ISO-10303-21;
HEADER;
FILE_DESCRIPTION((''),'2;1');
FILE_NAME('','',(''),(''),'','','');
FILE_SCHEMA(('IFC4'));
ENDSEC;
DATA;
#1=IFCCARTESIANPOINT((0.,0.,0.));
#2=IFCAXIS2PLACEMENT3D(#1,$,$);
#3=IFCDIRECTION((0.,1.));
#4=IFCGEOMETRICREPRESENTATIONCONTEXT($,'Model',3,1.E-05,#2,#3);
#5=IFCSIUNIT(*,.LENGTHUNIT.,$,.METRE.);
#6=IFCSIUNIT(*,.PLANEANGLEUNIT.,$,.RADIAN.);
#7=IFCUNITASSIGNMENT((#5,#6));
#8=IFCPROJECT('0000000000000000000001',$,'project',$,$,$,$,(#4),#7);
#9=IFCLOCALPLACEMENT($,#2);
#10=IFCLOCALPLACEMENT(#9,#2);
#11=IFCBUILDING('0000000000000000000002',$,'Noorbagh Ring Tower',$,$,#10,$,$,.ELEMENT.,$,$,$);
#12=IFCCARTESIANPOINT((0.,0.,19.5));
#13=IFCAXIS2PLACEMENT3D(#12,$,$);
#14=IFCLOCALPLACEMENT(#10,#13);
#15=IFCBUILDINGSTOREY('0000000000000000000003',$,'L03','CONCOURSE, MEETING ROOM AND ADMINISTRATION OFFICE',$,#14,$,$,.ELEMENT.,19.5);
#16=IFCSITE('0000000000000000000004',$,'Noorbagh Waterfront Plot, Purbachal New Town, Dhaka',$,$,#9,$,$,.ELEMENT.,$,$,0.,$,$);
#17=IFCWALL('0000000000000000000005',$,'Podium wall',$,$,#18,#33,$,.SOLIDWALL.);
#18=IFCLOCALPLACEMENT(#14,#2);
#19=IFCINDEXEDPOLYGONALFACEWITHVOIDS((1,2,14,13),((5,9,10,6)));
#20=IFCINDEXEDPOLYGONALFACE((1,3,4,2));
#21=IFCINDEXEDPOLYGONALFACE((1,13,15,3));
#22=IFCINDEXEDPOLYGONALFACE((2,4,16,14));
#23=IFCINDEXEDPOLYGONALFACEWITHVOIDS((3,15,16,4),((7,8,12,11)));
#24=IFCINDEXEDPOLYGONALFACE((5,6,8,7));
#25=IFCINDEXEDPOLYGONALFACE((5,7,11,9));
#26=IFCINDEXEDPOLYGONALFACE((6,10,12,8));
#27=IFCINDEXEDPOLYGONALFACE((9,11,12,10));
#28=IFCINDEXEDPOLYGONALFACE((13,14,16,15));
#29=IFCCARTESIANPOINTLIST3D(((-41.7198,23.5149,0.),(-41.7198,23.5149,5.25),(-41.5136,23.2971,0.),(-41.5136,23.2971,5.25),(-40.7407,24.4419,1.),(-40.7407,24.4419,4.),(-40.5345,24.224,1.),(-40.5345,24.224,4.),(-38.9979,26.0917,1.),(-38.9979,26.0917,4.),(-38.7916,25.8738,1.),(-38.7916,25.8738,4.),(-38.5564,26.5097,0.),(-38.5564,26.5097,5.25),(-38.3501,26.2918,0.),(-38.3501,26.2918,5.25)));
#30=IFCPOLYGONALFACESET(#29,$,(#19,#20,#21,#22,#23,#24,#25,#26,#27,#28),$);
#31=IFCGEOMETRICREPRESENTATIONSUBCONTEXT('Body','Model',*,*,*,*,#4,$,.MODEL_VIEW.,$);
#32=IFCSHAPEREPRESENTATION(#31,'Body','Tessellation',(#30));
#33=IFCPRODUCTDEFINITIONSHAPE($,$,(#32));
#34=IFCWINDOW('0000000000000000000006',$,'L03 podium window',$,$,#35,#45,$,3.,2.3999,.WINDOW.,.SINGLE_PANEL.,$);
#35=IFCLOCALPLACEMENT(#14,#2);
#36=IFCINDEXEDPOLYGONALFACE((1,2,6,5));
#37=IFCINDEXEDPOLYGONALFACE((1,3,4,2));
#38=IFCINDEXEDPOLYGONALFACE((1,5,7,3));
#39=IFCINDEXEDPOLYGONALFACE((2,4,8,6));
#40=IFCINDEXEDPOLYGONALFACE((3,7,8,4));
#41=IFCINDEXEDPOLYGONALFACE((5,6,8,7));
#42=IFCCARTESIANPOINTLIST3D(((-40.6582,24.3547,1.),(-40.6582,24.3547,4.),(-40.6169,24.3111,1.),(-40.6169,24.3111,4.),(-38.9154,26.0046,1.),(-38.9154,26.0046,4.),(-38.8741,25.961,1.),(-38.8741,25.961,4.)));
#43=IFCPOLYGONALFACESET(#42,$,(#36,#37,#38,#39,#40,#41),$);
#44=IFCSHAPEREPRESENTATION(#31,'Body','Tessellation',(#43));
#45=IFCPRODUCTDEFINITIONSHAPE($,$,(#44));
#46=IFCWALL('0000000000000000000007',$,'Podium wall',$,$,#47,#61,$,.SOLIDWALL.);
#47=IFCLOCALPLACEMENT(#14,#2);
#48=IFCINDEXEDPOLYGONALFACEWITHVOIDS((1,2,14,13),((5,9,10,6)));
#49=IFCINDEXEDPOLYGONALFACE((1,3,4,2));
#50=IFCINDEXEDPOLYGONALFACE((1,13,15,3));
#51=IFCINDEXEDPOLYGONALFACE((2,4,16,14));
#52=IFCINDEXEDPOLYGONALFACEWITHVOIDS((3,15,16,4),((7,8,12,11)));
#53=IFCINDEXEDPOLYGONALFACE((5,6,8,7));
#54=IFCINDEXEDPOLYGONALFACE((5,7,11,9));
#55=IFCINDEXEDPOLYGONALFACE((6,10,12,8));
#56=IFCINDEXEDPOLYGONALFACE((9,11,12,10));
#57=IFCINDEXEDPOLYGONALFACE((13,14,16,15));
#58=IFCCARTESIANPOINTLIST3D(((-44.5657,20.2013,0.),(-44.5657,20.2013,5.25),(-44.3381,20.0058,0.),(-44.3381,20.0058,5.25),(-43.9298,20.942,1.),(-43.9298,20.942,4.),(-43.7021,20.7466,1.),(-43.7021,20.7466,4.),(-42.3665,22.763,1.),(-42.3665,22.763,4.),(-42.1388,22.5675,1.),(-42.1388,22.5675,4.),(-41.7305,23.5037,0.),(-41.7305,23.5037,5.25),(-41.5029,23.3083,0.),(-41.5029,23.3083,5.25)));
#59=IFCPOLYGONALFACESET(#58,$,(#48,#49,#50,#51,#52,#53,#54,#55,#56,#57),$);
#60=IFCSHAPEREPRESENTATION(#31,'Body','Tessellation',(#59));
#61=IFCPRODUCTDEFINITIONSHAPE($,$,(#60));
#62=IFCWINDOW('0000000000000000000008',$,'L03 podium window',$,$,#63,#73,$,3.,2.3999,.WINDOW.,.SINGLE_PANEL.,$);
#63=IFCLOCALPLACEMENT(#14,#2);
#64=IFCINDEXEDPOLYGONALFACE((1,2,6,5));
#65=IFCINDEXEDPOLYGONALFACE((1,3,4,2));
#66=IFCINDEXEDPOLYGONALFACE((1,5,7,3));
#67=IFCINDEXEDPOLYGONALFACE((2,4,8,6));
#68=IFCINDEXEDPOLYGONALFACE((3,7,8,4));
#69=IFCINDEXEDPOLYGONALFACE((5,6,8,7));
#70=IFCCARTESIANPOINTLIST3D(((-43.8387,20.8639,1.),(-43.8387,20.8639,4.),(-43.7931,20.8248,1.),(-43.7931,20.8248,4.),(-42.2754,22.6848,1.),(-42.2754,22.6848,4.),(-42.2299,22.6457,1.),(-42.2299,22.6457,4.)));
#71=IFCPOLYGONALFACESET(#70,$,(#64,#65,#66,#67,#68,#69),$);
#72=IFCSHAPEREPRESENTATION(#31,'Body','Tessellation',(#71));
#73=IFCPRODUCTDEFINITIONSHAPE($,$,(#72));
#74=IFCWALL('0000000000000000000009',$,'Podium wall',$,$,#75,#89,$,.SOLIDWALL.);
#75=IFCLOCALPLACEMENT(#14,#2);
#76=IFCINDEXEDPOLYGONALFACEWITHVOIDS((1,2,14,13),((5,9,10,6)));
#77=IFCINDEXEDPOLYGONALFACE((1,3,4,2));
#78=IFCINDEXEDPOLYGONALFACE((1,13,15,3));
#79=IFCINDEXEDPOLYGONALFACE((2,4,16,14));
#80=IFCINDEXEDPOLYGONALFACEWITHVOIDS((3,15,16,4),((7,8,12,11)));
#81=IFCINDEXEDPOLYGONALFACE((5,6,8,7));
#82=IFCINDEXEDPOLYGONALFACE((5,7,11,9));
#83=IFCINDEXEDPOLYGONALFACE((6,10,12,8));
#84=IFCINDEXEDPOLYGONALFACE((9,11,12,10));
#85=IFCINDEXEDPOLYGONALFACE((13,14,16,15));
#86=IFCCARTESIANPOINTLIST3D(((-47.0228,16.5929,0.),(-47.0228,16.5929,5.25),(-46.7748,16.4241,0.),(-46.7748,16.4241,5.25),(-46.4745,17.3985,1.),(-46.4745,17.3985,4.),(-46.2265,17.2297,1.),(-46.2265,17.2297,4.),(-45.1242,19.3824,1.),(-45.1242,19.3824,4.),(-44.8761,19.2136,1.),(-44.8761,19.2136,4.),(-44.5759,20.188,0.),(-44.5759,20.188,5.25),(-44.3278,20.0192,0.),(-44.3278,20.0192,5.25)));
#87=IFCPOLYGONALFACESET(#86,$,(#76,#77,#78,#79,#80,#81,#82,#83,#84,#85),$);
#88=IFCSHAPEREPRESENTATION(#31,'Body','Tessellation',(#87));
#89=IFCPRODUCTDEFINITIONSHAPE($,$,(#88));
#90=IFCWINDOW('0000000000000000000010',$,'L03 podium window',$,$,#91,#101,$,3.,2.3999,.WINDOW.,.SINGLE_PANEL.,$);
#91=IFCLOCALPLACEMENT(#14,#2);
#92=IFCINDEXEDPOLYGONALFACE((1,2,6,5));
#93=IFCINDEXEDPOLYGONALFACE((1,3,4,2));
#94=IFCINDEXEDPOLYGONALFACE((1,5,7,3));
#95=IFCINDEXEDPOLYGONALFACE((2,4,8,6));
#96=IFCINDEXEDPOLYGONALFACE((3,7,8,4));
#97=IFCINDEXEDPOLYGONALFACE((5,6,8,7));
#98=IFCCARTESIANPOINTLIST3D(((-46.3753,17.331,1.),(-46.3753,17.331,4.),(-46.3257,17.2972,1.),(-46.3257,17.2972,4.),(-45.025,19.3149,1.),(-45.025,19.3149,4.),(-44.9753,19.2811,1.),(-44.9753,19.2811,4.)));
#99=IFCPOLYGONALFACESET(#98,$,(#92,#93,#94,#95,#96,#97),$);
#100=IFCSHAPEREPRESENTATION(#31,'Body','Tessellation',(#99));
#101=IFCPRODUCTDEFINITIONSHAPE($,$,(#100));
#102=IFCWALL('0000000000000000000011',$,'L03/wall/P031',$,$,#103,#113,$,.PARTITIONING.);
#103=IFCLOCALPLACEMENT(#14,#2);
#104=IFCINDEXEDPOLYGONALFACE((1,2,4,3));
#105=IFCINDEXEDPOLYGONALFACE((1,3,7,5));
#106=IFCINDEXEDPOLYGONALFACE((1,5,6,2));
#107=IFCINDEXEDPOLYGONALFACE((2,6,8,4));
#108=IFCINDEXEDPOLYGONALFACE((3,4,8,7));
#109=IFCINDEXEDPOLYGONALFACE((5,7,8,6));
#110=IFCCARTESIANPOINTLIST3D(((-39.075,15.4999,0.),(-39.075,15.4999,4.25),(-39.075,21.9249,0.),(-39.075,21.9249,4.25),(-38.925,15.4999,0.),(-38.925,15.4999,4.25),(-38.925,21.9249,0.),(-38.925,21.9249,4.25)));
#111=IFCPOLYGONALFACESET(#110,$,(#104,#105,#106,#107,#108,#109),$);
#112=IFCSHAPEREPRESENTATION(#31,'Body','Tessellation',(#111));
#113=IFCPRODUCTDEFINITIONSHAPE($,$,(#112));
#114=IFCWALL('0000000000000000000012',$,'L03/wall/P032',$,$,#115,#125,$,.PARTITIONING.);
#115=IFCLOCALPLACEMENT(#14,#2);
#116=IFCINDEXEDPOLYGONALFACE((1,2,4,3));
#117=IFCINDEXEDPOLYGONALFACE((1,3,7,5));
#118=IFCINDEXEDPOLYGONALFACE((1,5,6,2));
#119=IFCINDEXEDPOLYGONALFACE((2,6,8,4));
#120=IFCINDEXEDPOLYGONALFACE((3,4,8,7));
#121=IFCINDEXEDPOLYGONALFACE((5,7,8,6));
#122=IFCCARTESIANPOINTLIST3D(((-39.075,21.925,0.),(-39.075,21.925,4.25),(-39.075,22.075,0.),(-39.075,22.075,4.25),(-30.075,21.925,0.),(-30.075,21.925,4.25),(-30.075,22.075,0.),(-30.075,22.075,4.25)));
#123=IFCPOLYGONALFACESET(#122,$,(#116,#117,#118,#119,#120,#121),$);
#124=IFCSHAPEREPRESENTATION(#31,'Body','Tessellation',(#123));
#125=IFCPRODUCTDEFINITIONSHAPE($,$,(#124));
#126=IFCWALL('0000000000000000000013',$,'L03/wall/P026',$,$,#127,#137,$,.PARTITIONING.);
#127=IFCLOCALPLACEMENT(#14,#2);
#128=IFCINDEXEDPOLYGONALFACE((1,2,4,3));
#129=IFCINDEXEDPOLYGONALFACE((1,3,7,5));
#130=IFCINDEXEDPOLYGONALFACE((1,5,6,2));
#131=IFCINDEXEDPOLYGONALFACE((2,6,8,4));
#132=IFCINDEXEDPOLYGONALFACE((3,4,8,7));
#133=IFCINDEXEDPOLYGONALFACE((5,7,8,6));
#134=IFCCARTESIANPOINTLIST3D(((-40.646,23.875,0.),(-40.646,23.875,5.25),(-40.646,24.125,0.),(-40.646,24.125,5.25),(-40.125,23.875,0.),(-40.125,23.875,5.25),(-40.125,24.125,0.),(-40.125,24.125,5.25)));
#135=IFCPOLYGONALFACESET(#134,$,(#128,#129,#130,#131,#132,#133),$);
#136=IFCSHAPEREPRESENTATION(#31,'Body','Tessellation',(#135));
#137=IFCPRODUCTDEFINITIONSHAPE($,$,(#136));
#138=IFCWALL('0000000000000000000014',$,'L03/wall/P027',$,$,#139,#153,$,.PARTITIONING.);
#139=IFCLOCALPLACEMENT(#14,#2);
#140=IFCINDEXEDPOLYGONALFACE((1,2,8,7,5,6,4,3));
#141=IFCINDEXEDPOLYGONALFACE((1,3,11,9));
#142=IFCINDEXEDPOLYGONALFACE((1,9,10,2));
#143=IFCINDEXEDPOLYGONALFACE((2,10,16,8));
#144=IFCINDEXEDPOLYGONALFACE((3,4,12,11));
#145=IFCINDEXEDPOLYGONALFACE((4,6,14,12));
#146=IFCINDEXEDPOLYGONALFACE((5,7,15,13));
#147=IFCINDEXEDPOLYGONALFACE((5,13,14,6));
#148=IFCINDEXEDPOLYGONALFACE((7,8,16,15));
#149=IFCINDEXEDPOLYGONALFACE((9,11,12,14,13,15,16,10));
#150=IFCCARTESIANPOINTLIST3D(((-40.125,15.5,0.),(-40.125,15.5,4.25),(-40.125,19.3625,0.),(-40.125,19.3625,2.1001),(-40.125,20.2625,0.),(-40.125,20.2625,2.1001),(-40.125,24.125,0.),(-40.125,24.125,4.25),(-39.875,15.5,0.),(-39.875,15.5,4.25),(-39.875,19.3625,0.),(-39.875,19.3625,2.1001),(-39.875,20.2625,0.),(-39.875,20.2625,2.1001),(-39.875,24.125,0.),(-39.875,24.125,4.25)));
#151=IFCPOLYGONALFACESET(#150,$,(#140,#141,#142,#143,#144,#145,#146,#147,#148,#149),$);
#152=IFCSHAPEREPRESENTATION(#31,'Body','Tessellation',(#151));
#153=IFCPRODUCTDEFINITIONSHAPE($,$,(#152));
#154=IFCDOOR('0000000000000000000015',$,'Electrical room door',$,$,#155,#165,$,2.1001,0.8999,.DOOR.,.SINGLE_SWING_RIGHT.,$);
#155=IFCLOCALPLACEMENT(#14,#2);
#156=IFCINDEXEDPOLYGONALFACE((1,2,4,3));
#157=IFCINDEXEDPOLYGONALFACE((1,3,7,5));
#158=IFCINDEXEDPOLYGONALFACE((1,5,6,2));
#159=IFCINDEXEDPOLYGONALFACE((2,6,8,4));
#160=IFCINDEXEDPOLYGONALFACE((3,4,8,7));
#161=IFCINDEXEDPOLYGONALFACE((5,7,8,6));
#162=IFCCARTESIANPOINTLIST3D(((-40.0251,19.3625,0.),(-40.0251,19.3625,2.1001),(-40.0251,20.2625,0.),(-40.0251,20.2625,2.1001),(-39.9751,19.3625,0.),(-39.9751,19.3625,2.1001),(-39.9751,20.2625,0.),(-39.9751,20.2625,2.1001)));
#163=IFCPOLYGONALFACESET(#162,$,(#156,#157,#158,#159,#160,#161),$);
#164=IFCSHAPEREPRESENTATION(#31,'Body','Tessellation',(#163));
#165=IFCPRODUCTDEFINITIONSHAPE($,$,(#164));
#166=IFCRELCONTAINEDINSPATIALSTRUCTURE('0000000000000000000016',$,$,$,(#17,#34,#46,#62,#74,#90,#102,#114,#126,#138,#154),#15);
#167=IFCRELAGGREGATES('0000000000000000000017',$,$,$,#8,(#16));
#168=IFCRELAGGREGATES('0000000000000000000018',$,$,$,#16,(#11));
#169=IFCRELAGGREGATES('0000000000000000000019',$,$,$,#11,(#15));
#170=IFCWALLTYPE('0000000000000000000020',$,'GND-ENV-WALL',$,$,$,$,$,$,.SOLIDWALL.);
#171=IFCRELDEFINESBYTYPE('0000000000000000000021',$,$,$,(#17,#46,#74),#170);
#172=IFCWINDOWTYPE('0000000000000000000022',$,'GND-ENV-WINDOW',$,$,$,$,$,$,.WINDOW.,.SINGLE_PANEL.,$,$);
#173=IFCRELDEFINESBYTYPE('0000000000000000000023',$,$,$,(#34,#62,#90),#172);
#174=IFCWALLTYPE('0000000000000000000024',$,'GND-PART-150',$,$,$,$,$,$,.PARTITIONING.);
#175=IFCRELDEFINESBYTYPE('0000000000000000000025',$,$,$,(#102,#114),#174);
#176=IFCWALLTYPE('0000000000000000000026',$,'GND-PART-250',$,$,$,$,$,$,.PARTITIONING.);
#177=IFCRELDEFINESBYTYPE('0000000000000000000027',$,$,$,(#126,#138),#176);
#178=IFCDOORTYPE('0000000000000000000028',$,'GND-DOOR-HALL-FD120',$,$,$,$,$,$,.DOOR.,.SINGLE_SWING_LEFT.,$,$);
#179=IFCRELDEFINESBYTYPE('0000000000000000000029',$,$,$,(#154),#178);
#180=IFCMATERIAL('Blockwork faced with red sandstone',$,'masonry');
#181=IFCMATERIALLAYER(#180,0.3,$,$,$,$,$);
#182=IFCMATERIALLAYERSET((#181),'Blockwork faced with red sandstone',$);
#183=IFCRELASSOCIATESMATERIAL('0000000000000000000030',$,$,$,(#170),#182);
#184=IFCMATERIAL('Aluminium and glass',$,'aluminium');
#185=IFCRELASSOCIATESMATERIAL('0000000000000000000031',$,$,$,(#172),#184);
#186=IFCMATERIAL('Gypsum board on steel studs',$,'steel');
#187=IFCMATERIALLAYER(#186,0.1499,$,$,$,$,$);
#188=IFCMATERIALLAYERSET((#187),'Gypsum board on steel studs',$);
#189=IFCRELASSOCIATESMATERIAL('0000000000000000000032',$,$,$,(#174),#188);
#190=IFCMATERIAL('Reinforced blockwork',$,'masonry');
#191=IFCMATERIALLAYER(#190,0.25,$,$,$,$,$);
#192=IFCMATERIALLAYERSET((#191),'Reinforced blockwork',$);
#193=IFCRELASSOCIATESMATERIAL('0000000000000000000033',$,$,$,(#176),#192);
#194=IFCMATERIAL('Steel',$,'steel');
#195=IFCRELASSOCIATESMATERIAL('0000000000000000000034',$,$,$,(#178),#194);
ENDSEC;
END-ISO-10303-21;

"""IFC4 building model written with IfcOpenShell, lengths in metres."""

from ifc_helpers import new_model, si_unit, direction, frame, frame_2d, origin, place, context, subcontext, project, spatial, rectangle, extrude, material, layer, layer_set, type_object, element, fill, save


model = new_model("IFC4")

# Units and contexts
model_context = context("Model", 3, precision=1e-05, world=origin(), true_north=direction((0.0, 1.0)))
body_context = subcontext(model_context, "Body", "Model", "MODEL_VIEW")
ifc_project = project(units=[si_unit("LENGTHUNIT", "METRE"), si_unit("PLANEANGLEUNIT", "RADIAN")], contexts=[model_context])

# Site, building, storey
site_placement = place(None, origin())
site = spatial("IfcSite", under=ifc_project, at=site_placement, Name="Noorbagh Waterfront Plot, Purbachal New Town, Dhaka", CompositionType="ELEMENT", RefElevation=0.0)
building_placement = place(site_placement, origin())
building = spatial("IfcBuilding", under=site, at=building_placement, Name="Noorbagh Ring Tower", CompositionType="ELEMENT")
storey_placement = place(building_placement, frame((0.0, 0.0, 19.5)))
storey = spatial("IfcBuildingStorey", under=building, at=storey_placement, Name="L03", Description="CONCOURSE, MEETING ROOM AND ADMINISTRATION OFFICE", CompositionType="ELEMENT", Elevation=19.5)

# Walls, openings, windows
ifc_material_1 = material(Name="Blockwork faced with red sandstone", Category="masonry")
ifc_layer_1 = layer(ifc_material_1, 0.3)
ifc_layer_set_1 = layer_set([ifc_layer_1], Name="Blockwork faced with red sandstone")
wall_type_1 = type_object("IfcWallType", Name="GND-ENV-WALL", PredefinedType="SOLIDWALL", material=ifc_layer_set_1)
wall_1_placement = place(storey_placement, frame((-38.4531, 26.4009, 0.0), z_axis=(0.0, 0.0, 1.0), x_axis=(-0.726204, -0.687479, 0.0)))
wall_1 = element("IfcWall", 1, at=wall_1_placement, inside=storey, type_object=wall_type_1, Name="Podium wall", PredefinedType="SOLIDWALL", context=body_context, shape_type="SweptSolid", body=[
    extrude(rectangle(XDim=4.3562, YDim=0.3, at=frame_2d((2.1782, 0.0))), origin(), (0.0, 0.0, 1.0), 5.25),
])
opening_1_placement = place(wall_1_placement, frame((0.6082, 0.0, 1.0)))
opening_1 = element("IfcOpeningElement", 2, at=opening_1_placement, cuts=wall_1, PredefinedType="OPENING", context=body_context, shape_type="SweptSolid", body=[
    extrude(rectangle(XDim=2.3999, YDim=3.0, at=frame_2d((1.2, 1.5))), frame((0.0, 0.1602, 0.0), z_axis=(0.0, -1.0, 0.0), x_axis=(1.0, 0.0, 0.0)), (0.0, 0.0, 1.0), 0.3201),
])
ifc_material_2 = material(Name="Aluminium and glass", Category="aluminium")
window_type = type_object("IfcWindowType", Name="GND-ENV-WINDOW", PartitioningType="SINGLE_PANEL", PredefinedType="WINDOW", material=ifc_material_2)
window_1_placement = place(opening_1_placement, origin())
window_1 = element("IfcWindow", 3, at=window_1_placement, inside=storey, type_object=window_type, Name="L03 podium window", OverallHeight=3.0, OverallWidth=2.3999, PartitioningType="SINGLE_PANEL", PredefinedType="WINDOW", context=body_context, shape_type="SweptSolid", body=[
    extrude(rectangle(XDim=2.3999, YDim=3.0, at=frame_2d((1.2, 1.5))), frame((0.0, 0.03, 0.0), z_axis=(0.0, -1.0, 0.0), x_axis=(1.0, 0.0, 0.0)), (0.0, 0.0, 1.0), 0.0601),
])
fill(opening_1, window_1)
wall_2_placement = place(storey_placement, frame((-41.6167, 23.406, 0.0), z_axis=(0.0, 0.0, 1.0), x_axis=(-0.651387, -0.758746, 0.0)))
wall_2 = element("IfcWall", 4, at=wall_2_placement, inside=storey, type_object=wall_type_1, Name="Podium wall", PredefinedType="SOLIDWALL", context=body_context, shape_type="SweptSolid", body=[
    extrude(rectangle(XDim=4.3525, YDim=0.3, at=frame_2d((2.1763, 0.0))), origin(), (0.0, 0.0, 1.0), 5.25),
])
opening_2_placement = place(wall_2_placement, frame((0.9763, 0.0, 1.0)))
opening_2 = element("IfcOpeningElement", 5, at=opening_2_placement, cuts=wall_2, PredefinedType="OPENING", context=body_context, shape_type="SweptSolid", body=[
    extrude(rectangle(XDim=2.3999, YDim=3.0, at=frame_2d((1.2, 1.5))), frame((0.0, 0.1602, 0.0), z_axis=(0.0, -1.0, 0.0), x_axis=(1.0, 0.0, 0.0)), (0.0, 0.0, 1.0), 0.3201),
])
window_2_placement = place(opening_2_placement, origin())
window_2 = element("IfcWindow", 6, at=window_2_placement, inside=storey, type_object=window_type, Name="L03 podium window", OverallHeight=3.0, OverallWidth=2.3999, PartitioningType="SINGLE_PANEL", PredefinedType="WINDOW", context=body_context, shape_type="SweptSolid", body=[
    extrude(rectangle(XDim=2.3999, YDim=3.0, at=frame_2d((1.2, 1.5))), frame((0.0, 0.03, 0.0), z_axis=(0.0, -1.0, 0.0), x_axis=(1.0, 0.0, 0.0)), (0.0, 0.0, 1.0), 0.0601),
])
fill(opening_2, window_2)
wall_3_placement = place(storey_placement, frame((-44.4519, 20.1035, 0.0), z_axis=(0.0, 0.0, 1.0), x_axis=(-0.562668, -0.826683, 0.0)))
wall_3 = element("IfcWall", 7, at=wall_3_placement, inside=storey, type_object=wall_type_1, Name="Podium wall", PredefinedType="SOLIDWALL", context=body_context, shape_type="SweptSolid", body=[
    extrude(rectangle(XDim=4.3489, YDim=0.3, at=frame_2d((2.1743, 0.0))), origin(), (0.0, 0.0, 1.0), 5.25),
])
opening_3_placement = place(wall_3_placement, frame((0.9744, 0.0, 1.0)))
opening_3 = element("IfcOpeningElement", 8, at=opening_3_placement, cuts=wall_3, PredefinedType="OPENING", context=body_context, shape_type="SweptSolid", body=[
    extrude(rectangle(XDim=2.3999, YDim=3.0, at=frame_2d((1.2, 1.5))), frame((0.0, 0.1602, 0.0), z_axis=(0.0, -1.0, 0.0), x_axis=(1.0, 0.0, 0.0)), (0.0, 0.0, 1.0), 0.3201),
])
window_3_placement = place(opening_3_placement, origin())
window_3 = element("IfcWindow", 9, at=window_3_placement, inside=storey, type_object=window_type, Name="L03 podium window", OverallHeight=3.0, OverallWidth=2.3999, PartitioningType="SINGLE_PANEL", PredefinedType="WINDOW", context=body_context, shape_type="SweptSolid", body=[
    extrude(rectangle(XDim=2.3999, YDim=3.0, at=frame_2d((1.2, 1.5))), frame((0.0, 0.03, 0.0), z_axis=(0.0, -1.0, 0.0), x_axis=(1.0, 0.0, 0.0)), (0.0, 0.0, 1.0), 0.0601),
])
fill(opening_3, window_3)

# Walls
ifc_material_3 = material(Name="Gypsum board on steel studs", Category="steel")
ifc_layer_2 = layer(ifc_material_3, 0.1499)
ifc_layer_set_2 = layer_set([ifc_layer_2], Name="Gypsum board on steel studs")
wall_type_2 = type_object("IfcWallType", Name="GND-PART-150", PredefinedType="PARTITIONING", material=ifc_layer_set_2)
wall_4_placement = place(storey_placement, frame((-39.0, 15.5, 0.0), z_axis=(0.0, 0.0, 1.0), x_axis=(0.0, 1.0, 0.0)))
element("IfcWall", 10, at=wall_4_placement, inside=storey, type_object=wall_type_2, Name="L03/wall/P031", PredefinedType="PARTITIONING", context=body_context, shape_type="SweptSolid", body=[
    extrude(rectangle(XDim=6.425, YDim=0.1499, at=frame_2d((3.2124, 0.0))), origin(), (0.0, 0.0, 1.0), 4.25),
])
wall_5_placement = place(storey_placement, frame((-39.075, 22.0, 0.0), z_axis=(0.0, 0.0, 1.0), x_axis=(1.0, 0.0, 0.0)))
element("IfcWall", 11, at=wall_5_placement, inside=storey, type_object=wall_type_2, Name="L03/wall/P032", PredefinedType="PARTITIONING", context=body_context, shape_type="SweptSolid", body=[
    extrude(rectangle(XDim=9.0, YDim=0.1499, at=frame_2d((4.5, 0.0))), origin(), (0.0, 0.0, 1.0), 4.25),
])
ifc_material_4 = material(Name="Reinforced blockwork", Category="masonry")
ifc_layer_3 = layer(ifc_material_4, 0.25)
ifc_layer_set_3 = layer_set([ifc_layer_3], Name="Reinforced blockwork")
wall_type_3 = type_object("IfcWallType", Name="GND-PART-250", PredefinedType="PARTITIONING", material=ifc_layer_set_3)
wall_6_placement = place(storey_placement, frame((-40.646, 24.0, 0.0), z_axis=(0.0, 0.0, 1.0), x_axis=(1.0, 0.0, 0.0)))
element("IfcWall", 12, at=wall_6_placement, inside=storey, type_object=wall_type_3, Name="L03/wall/P026", PredefinedType="PARTITIONING", context=body_context, shape_type="SweptSolid", body=[
    extrude(rectangle(XDim=0.521, YDim=0.25, at=frame_2d((0.2605, 0.0))), origin(), (0.0, 0.0, 1.0), 5.25),
])

# Wall, opening, door
wall_7_placement = place(storey_placement, frame((-40.0, 24.125, 0.0), z_axis=(0.0, 0.0, 1.0), x_axis=(0.0, -1.0, 0.0)))
wall_7 = element("IfcWall", 13, at=wall_7_placement, inside=storey, type_object=wall_type_3, Name="L03/wall/P027", PredefinedType="PARTITIONING", context=body_context, shape_type="SweptSolid", body=[
    extrude(rectangle(XDim=8.625, YDim=0.25, at=frame_2d((4.3125, 0.0))), origin(), (0.0, 0.0, 1.0), 4.25),
])
opening_4_placement = place(wall_7_placement, frame((3.8625, 0.0, 0.0)))
opening_4 = element("IfcOpeningElement", 14, at=opening_4_placement, cuts=wall_7, PredefinedType="OPENING", context=body_context, shape_type="SweptSolid", body=[
    extrude(rectangle(XDim=0.8999, YDim=2.1001, at=frame_2d((0.45, 1.05))), frame((0.0, 0.135, 0.0), z_axis=(0.0, -1.0, 0.0), x_axis=(1.0, 0.0, 0.0)), (0.0, 0.0, 1.0), 0.27),
])
ifc_material_5 = material(Name="Steel", Category="steel")
door_type = type_object("IfcDoorType", Name="GND-DOOR-HALL-FD120", OperationType="SINGLE_SWING_LEFT", PredefinedType="DOOR", material=ifc_material_5)
door_placement = place(opening_4_placement, origin())
door = element("IfcDoor", 15, at=door_placement, inside=storey, type_object=door_type, Name="Electrical room door", OperationType="SINGLE_SWING_RIGHT", OverallHeight=2.1001, OverallWidth=0.8999, PredefinedType="DOOR", context=body_context, shape_type="SweptSolid", body=[
    extrude(rectangle(XDim=0.8999, YDim=2.1001, at=frame_2d((0.45, 1.05))), frame((0.0, 0.0249, 0.0), z_axis=(0.0, -1.0, 0.0), x_axis=(1.0, 0.0, 0.0)), (0.0, 0.0, 1.0), 0.05),
])
fill(opening_4, door)

save(model, "model.ifc")
